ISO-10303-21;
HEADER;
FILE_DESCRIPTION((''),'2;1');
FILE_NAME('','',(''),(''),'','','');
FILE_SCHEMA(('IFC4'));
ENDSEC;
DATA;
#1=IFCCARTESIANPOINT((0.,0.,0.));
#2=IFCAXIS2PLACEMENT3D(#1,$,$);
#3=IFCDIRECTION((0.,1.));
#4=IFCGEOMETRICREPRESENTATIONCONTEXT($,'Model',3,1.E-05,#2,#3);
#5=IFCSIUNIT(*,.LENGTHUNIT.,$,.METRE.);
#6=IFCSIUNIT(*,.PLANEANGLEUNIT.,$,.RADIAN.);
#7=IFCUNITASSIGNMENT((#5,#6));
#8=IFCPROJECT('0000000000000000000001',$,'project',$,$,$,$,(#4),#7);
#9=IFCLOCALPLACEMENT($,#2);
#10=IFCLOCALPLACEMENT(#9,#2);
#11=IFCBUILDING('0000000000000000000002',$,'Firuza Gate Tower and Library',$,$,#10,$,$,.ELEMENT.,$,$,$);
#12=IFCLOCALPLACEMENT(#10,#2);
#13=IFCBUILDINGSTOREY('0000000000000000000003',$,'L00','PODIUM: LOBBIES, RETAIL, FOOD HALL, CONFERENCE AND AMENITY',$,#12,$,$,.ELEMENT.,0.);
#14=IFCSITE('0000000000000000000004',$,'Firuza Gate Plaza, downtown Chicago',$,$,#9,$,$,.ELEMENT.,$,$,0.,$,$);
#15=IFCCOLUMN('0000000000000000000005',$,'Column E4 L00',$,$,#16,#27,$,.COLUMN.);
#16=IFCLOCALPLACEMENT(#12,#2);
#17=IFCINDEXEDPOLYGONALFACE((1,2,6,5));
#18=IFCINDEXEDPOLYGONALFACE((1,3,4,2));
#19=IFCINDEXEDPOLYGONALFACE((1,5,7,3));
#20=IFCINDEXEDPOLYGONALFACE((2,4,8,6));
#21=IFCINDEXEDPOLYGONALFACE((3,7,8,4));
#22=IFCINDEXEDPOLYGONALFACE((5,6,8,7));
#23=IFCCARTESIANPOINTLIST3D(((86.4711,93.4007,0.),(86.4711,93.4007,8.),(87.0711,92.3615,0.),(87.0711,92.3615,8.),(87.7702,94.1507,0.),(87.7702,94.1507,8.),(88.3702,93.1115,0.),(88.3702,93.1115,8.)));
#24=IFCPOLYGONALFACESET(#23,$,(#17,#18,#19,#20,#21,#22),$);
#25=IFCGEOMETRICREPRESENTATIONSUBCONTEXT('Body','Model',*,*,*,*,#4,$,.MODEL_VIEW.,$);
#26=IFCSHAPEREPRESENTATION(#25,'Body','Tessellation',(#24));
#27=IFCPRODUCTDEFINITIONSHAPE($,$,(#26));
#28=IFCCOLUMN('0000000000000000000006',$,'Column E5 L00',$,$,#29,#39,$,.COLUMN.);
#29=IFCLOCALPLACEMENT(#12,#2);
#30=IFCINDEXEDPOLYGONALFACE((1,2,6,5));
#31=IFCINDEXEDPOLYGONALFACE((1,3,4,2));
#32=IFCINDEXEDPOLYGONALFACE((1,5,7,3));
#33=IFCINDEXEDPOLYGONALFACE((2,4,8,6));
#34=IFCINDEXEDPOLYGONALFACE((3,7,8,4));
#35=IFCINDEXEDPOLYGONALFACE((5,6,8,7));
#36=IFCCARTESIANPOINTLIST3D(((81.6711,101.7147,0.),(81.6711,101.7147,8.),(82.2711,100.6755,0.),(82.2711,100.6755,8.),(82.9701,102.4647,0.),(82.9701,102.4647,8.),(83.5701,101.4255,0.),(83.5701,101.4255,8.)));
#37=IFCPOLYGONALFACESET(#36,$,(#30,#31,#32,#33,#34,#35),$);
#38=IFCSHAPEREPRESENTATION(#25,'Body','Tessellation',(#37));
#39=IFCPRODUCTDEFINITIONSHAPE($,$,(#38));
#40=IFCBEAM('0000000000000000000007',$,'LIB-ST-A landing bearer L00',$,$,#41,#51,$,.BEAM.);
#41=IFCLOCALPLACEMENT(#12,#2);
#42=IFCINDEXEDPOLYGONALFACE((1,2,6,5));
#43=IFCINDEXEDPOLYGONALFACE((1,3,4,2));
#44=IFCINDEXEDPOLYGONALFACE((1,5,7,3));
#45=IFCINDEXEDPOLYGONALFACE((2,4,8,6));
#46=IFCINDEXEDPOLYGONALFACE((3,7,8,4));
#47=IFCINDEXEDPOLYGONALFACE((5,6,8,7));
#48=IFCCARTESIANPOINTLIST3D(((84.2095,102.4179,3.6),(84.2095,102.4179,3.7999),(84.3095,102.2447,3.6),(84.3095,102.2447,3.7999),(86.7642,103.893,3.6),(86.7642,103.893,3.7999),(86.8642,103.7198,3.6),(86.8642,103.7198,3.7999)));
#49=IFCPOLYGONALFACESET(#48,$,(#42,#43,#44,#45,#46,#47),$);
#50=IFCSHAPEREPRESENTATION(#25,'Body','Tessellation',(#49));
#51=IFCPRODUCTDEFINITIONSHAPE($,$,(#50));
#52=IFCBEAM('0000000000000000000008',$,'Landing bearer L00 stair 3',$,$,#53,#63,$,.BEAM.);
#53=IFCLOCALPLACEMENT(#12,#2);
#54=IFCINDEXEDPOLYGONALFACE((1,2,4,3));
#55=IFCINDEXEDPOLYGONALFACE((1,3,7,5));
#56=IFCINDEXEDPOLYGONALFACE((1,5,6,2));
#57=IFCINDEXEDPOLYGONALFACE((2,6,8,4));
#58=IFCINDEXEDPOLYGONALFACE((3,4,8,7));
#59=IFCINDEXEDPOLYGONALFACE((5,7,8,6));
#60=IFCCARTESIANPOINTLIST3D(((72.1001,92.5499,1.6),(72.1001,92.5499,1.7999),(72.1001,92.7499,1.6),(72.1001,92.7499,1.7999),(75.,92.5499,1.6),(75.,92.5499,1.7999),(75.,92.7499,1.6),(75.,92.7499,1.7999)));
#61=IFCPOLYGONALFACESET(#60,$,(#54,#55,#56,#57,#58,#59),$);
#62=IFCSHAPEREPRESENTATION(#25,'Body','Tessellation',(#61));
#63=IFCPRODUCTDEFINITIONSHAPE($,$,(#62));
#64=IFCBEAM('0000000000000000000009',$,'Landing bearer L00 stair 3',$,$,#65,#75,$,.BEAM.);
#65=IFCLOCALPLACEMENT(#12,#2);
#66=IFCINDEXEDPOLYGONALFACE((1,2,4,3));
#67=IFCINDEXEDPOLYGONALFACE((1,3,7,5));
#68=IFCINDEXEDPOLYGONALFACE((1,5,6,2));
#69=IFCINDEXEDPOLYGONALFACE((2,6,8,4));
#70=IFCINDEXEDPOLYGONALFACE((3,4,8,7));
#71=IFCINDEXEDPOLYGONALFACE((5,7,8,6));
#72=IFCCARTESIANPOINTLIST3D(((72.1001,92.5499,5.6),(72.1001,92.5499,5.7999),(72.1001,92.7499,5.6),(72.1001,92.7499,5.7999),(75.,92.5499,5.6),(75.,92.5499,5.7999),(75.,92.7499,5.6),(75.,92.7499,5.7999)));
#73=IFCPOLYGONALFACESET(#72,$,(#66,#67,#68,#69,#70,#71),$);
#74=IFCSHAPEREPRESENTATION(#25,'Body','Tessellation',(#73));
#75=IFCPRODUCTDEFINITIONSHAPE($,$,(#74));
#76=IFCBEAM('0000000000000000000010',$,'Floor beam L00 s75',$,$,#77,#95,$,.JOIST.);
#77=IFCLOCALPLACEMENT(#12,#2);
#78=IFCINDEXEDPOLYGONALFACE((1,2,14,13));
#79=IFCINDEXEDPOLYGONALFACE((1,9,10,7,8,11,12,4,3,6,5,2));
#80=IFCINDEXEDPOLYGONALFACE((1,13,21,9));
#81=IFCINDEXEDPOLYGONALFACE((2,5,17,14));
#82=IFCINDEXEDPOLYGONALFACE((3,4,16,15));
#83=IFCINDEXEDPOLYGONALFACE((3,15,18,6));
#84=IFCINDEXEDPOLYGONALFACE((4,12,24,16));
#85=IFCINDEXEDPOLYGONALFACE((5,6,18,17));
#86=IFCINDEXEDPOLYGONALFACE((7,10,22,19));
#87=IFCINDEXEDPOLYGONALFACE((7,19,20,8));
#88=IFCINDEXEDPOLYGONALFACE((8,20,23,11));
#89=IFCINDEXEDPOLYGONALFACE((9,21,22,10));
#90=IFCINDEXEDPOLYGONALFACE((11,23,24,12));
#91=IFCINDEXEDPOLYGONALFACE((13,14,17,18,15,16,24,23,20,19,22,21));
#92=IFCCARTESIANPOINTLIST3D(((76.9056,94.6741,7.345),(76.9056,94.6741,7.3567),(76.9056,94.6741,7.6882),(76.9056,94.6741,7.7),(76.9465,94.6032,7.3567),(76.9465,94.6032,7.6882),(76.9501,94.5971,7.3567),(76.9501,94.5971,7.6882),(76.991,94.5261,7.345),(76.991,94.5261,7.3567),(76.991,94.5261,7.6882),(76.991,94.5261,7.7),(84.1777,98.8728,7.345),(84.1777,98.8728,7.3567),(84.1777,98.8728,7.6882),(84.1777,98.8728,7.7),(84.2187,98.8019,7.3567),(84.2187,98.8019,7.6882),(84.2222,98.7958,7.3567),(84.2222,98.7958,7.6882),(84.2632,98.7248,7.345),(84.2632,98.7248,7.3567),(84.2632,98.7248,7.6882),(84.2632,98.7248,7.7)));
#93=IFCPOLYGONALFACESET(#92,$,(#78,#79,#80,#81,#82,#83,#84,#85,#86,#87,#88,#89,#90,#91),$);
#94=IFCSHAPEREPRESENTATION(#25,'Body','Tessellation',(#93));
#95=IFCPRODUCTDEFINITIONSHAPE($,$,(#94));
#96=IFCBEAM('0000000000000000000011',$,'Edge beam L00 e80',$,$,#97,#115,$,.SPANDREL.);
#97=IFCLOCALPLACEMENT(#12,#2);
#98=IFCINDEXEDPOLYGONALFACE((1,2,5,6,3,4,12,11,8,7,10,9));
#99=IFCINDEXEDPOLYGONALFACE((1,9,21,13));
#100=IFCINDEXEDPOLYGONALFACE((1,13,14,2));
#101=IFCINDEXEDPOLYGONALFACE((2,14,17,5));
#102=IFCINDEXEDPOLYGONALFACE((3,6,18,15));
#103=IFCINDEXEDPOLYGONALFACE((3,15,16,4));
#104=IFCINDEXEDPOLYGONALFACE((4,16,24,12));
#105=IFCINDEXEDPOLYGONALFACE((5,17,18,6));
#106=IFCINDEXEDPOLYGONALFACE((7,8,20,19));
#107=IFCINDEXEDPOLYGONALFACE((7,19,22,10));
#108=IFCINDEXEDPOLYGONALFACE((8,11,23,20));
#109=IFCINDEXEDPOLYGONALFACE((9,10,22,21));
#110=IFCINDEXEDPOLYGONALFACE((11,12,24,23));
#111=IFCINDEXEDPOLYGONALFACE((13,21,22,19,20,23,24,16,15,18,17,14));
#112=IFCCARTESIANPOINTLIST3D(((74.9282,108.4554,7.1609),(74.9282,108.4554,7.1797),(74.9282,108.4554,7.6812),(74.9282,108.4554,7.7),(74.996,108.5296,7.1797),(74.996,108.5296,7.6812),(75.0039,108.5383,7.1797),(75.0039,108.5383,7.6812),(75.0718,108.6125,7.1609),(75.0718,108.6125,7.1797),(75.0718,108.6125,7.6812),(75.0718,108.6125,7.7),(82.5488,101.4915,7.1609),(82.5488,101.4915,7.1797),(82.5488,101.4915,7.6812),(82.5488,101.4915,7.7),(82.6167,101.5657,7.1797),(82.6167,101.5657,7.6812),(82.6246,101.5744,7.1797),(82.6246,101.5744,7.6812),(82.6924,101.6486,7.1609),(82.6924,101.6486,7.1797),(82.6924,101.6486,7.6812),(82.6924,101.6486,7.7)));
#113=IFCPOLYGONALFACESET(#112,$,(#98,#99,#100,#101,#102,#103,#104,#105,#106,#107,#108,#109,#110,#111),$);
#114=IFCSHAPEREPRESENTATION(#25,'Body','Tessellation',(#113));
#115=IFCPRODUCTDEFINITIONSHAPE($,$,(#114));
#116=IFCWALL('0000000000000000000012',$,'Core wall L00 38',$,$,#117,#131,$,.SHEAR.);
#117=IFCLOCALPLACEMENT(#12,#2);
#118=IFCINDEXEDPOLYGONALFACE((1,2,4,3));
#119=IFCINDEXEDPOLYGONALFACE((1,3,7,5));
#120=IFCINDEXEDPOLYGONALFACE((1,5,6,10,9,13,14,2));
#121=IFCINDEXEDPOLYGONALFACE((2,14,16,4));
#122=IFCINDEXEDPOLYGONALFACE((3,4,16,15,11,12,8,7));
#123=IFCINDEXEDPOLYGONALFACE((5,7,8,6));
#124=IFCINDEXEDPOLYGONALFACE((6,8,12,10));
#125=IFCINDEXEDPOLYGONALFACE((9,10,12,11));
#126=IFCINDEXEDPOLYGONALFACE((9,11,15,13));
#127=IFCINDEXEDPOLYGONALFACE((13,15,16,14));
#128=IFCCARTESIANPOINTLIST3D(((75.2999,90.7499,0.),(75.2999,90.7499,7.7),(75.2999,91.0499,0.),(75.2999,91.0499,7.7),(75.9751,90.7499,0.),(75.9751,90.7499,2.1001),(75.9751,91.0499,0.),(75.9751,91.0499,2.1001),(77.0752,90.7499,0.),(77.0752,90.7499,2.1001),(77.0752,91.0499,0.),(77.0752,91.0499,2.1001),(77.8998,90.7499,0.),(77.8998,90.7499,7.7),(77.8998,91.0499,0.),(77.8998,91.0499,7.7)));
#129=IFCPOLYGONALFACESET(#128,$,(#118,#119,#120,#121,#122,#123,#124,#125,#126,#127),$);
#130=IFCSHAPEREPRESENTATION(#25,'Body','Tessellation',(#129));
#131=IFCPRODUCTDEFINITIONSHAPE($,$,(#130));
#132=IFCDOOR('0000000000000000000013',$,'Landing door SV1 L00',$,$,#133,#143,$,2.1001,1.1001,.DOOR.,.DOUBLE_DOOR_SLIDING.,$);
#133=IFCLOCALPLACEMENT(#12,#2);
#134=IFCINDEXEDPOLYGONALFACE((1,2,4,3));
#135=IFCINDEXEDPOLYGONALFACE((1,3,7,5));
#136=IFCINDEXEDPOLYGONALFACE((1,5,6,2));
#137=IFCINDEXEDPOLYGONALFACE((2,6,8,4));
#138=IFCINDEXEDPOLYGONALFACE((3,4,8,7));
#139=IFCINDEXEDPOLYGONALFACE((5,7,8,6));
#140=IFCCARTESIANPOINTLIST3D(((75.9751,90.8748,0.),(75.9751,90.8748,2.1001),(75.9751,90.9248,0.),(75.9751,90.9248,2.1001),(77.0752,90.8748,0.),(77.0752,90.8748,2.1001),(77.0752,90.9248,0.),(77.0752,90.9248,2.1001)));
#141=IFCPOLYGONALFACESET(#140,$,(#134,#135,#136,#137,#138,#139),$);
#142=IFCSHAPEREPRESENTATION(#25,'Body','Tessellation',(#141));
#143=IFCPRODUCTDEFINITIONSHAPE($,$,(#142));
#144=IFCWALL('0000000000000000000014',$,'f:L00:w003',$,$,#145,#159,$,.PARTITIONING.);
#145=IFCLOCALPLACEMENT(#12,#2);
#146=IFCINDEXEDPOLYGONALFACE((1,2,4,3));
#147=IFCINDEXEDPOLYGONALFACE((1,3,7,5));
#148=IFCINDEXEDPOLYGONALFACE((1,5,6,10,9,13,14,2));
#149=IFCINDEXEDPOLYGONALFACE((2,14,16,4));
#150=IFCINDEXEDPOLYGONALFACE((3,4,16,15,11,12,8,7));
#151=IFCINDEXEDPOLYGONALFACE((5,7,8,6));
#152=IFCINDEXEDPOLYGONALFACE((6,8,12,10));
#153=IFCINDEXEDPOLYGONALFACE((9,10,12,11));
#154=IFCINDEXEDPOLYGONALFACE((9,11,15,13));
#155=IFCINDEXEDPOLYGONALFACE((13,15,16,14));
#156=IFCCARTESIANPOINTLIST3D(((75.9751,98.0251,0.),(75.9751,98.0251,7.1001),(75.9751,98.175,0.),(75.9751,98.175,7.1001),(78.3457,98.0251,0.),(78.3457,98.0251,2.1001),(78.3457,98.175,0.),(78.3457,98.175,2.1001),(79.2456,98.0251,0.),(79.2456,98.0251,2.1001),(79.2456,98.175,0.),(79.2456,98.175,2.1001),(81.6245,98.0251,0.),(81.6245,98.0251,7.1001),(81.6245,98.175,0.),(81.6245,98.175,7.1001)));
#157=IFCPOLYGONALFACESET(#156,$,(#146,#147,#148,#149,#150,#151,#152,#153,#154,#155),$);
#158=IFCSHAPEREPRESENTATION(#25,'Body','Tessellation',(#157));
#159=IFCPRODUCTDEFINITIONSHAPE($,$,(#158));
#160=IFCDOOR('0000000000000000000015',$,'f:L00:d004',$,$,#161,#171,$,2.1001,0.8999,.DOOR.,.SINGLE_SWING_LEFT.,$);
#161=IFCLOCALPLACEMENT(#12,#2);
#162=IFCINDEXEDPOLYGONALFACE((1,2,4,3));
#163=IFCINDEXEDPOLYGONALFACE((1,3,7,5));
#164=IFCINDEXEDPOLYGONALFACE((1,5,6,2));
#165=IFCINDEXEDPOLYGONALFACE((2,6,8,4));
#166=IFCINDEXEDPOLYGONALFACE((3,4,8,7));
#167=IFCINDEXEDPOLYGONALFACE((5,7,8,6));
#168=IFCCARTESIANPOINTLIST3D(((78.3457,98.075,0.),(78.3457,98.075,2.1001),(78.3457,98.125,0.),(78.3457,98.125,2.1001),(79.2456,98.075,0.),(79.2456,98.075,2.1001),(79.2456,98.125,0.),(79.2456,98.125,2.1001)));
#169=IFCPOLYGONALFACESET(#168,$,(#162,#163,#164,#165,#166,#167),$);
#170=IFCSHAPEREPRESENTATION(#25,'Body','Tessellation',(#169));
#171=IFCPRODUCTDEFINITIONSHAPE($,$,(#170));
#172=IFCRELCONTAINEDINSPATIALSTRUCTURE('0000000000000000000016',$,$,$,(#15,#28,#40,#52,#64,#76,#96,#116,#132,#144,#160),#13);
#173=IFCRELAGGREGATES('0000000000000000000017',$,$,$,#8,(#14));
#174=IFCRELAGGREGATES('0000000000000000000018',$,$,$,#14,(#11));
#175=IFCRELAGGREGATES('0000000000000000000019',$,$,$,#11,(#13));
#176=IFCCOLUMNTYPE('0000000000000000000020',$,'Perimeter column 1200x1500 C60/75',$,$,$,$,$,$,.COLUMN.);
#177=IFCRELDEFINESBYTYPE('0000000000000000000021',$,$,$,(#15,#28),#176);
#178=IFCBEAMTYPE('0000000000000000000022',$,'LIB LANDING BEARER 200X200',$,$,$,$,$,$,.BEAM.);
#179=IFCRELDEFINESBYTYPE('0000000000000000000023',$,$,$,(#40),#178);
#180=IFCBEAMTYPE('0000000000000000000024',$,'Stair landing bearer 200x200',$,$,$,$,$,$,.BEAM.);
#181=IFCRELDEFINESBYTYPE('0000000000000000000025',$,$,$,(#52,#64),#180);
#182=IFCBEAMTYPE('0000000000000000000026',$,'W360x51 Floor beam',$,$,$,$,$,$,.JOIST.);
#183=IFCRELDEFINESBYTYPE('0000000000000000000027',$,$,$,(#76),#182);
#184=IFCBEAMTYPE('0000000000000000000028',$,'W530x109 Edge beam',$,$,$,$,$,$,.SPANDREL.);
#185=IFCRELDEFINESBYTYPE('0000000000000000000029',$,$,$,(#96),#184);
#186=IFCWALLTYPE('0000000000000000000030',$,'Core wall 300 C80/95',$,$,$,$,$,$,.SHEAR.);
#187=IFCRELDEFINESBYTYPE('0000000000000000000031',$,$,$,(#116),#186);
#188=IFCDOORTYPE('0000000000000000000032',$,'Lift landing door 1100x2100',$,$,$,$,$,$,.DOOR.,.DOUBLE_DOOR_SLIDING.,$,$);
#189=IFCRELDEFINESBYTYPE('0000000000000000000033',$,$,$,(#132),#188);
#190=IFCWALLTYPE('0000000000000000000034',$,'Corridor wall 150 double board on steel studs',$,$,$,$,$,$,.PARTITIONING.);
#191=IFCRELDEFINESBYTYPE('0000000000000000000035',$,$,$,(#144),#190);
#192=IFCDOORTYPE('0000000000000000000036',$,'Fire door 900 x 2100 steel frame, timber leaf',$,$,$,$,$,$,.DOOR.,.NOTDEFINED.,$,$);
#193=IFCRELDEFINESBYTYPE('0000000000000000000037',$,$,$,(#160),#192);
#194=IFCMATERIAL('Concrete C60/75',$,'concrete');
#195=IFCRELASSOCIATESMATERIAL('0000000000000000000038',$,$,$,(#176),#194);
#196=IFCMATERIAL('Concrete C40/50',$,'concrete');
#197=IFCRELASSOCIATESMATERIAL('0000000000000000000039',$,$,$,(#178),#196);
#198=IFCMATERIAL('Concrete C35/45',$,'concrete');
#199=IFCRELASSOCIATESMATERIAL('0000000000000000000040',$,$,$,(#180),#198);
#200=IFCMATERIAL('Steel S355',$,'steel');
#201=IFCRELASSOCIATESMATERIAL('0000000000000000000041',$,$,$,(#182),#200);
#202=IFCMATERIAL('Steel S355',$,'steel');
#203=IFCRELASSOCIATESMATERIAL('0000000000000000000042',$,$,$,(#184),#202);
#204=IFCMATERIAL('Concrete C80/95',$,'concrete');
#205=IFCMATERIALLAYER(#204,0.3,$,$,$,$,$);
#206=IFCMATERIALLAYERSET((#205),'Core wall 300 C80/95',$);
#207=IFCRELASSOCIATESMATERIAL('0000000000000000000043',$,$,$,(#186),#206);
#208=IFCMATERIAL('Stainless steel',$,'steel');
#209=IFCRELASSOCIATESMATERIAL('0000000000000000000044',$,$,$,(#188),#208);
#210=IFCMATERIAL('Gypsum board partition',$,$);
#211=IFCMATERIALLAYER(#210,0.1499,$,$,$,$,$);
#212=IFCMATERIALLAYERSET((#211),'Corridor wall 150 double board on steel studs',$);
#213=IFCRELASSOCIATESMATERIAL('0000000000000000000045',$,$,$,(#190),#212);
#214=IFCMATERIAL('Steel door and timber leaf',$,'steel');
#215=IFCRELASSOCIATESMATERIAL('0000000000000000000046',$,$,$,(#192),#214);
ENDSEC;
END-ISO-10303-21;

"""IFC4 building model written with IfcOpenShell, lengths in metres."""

from ifc_helpers import new_model, si_unit, direction, frame, frame_2d, origin, origin_2d, place, context, subcontext, project, spatial, rectangle, i_section, extrude, material, layer, layer_set, material_profile, profile_set, type_object, element, fill, save


model = new_model("IFC4")

# Units and contexts
model_context = context("Model", 3, precision=1e-05, world=origin(), true_north=direction((0.0, 1.0)))
body_context = subcontext(model_context, "Body", "Model", "MODEL_VIEW")
ifc_project = project(units=[si_unit("LENGTHUNIT", "METRE"), si_unit("PLANEANGLEUNIT", "RADIAN")], contexts=[model_context])

# Site, building, storey
site_placement = place(None, origin())
site = spatial("IfcSite", under=ifc_project, at=site_placement, Name="Firuza Gate Plaza, downtown Chicago", CompositionType="ELEMENT", RefElevation=0.0)
building_placement = place(site_placement, origin())
building = spatial("IfcBuilding", under=site, at=building_placement, Name="Firuza Gate Tower and Library", CompositionType="ELEMENT")
storey_placement = place(building_placement, origin())
storey = spatial("IfcBuildingStorey", under=building, at=storey_placement, Name="L00", Description="PODIUM: LOBBIES, RETAIL, FOOD HALL, CONFERENCE AND AMENITY", CompositionType="ELEMENT", Elevation=0.0)

# Columns
ifc_material_1 = material(Name="Concrete C60/75", Category="concrete")
ifc_material_profile_1 = material_profile(ifc_material_1, rectangle(XDim=1.2, YDim=1.5, at=origin_2d()))
ifc_profile_set_1 = profile_set([ifc_material_profile_1], Name="Concrete C60/75")
column_type = type_object("IfcColumnType", Name="Perimeter column 1200x1500 C60/75", PredefinedType="COLUMN", material=ifc_profile_set_1)
for number, where, z_axis, x_axis, name in (
    (1, (87.4207, 93.2561, 0.0), (0.0, 0.0, 1.0), (-0.5, 0.866025, 0.0), "Column E4 L00"),
    (2, (82.6206, 101.5701, 0.0), (0.0, 0.0, 1.0), (-0.5, 0.866025, 0.0), "Column E5 L00"),
):
    element("IfcColumn", number, at=place(storey_placement, frame(where, z_axis=z_axis, x_axis=x_axis)), inside=storey, type_object=column_type, Name=name, PredefinedType="COLUMN", context=body_context, shape_type="SweptSolid", body=[
        extrude(rectangle(XDim=1.2, YDim=1.5, at=origin_2d()), origin(), (0.0, 0.0, 1.0), 8.0),
    ])

# Beams
ifc_material_2 = material(Name="Concrete C40/50", Category="concrete")
ifc_material_profile_2 = material_profile(ifc_material_2, rectangle(XDim=0.2, YDim=0.2, at=origin_2d()))
ifc_profile_set_2 = profile_set([ifc_material_profile_2], Name="Concrete C40/50")
beam_type_1 = type_object("IfcBeamType", Name="LIB LANDING BEARER 200X200", PredefinedType="BEAM", material=ifc_profile_set_2)
beam_1_placement = place(storey_placement, frame((84.2595, 102.3313, 3.7), z_axis=(0.866004, 0.500038, 0.0), x_axis=(-0.500038, 0.866004, 0.0)))
element("IfcBeam", 3, at=beam_1_placement, inside=storey, type_object=beam_type_1, Name="LIB-ST-A landing bearer L00", PredefinedType="BEAM", context=body_context, shape_type="SweptSolid", body=[
    extrude(rectangle(XDim=0.2, YDim=0.2, at=origin_2d()), origin(), (0.0, 0.0, 1.0), 2.95),
])
ifc_material_3 = material(Name="Concrete C35/45", Category="concrete")
ifc_material_profile_3 = material_profile(ifc_material_3, rectangle(XDim=0.2, YDim=0.2, at=origin_2d()))
ifc_profile_set_3 = profile_set([ifc_material_profile_3], Name="Concrete C35/45")
beam_type_2 = type_object("IfcBeamType", Name="Stair landing bearer 200x200", PredefinedType="BEAM", material=ifc_profile_set_3)
for number, where, z_axis, x_axis, name in (
    (4, (75.0, 92.6499, 1.7), (-1.0, 0.0, 0.0), (0.0, -1.0, 0.0), "Landing bearer L00 stair 3"),
    (5, (75.0, 92.6499, 5.7), (-1.0, 0.0, 0.0), (0.0, -1.0, 0.0), "Landing bearer L00 stair 3"),
):
    element("IfcBeam", number, at=place(storey_placement, frame(where, z_axis=z_axis, x_axis=x_axis)), inside=storey, type_object=beam_type_2, Name=name, PredefinedType="BEAM", context=body_context, shape_type="SweptSolid", body=[
        extrude(rectangle(XDim=0.2, YDim=0.2, at=origin_2d()), origin(), (0.0, 0.0, 1.0), 2.8999),
    ])
ifc_material_4 = material(Name="Steel S355", Category="steel")
ifc_material_profile_4 = material_profile(ifc_material_4, i_section(OverallWidth=0.1709, OverallDepth=0.355, WebThickness=0.0071, FlangeThickness=0.0117, at=origin_2d()))
ifc_profile_set_4 = profile_set([ifc_material_profile_4], Name="Steel S355")
beam_type_3 = type_object("IfcBeamType", Name="W360x51 Floor beam", PredefinedType="JOIST", material=ifc_profile_set_4)
beam_2_placement = place(storey_placement, frame((84.2205, 98.7988, 7.5225), z_axis=(-0.86602, -0.50001, 0.0), x_axis=(0.50001, -0.86602, 0.0)))
element("IfcBeam", 6, at=beam_2_placement, inside=storey, type_object=beam_type_3, Name="Floor beam L00 s75", PredefinedType="JOIST", context=body_context, shape_type="SweptSolid", body=[
    extrude(i_section(OverallWidth=0.1709, OverallDepth=0.355, WebThickness=0.0071, FlangeThickness=0.0117, at=origin_2d()), origin(), (0.0, 0.0, 1.0), 8.3972),
])
ifc_material_5 = material(Name="Steel S355", Category="steel")
ifc_material_profile_5 = material_profile(ifc_material_5, i_section(OverallWidth=0.2129, OverallDepth=0.5391, WebThickness=0.0117, FlangeThickness=0.0188, at=origin_2d()))
ifc_profile_set_5 = profile_set([ifc_material_profile_5], Name="Steel S355")
beam_type_4 = type_object("IfcBeamType", Name="W530x109 Edge beam", PredefinedType="SPANDREL", material=ifc_profile_set_5)
beam_3_placement = place(storey_placement, frame((82.6206, 101.5701, 7.4304), z_axis=(-0.7382, 0.674582, 0.0), x_axis=(-0.674582, -0.7382, 0.0)))
element("IfcBeam", 7, at=beam_3_placement, inside=storey, type_object=beam_type_4, Name="Edge beam L00 e80", PredefinedType="SPANDREL", context=body_context, shape_type="SweptSolid", body=[
    extrude(i_section(OverallWidth=0.2129, OverallDepth=0.5391, WebThickness=0.0117, FlangeThickness=0.0188, at=origin_2d()), origin(), (0.0, 0.0, 1.0), 10.3232),
])

# Walls, openings, doors
ifc_material_6 = material(Name="Concrete C80/95", Category="concrete")
ifc_layer_1 = layer(ifc_material_6, 0.3)
ifc_layer_set_1 = layer_set([ifc_layer_1], Name="Core wall 300 C80/95")
wall_type_1 = type_object("IfcWallType", Name="Core wall 300 C80/95", PredefinedType="SHEAR", material=ifc_layer_set_1)
wall_1_placement = place(storey_placement, frame((75.3, 90.8999, 0.0), z_axis=(0.0, 0.0, 1.0), x_axis=(1.0, 0.0, 0.0)))
wall_1 = element("IfcWall", 8, at=wall_1_placement, inside=storey, type_object=wall_type_1, Name="Core wall L00 38", PredefinedType="SHEAR", context=body_context, shape_type="SweptSolid", body=[
    extrude(rectangle(XDim=2.5999, YDim=0.3, at=frame_2d((1.2998, 0.0))), origin(), (0.0, 0.0, 1.0), 7.7),
])
opening_1_placement = place(wall_1_placement, frame((0.675, 0.0, 0.0)))
opening_1 = element("IfcOpeningElement", 9, at=opening_1_placement, cuts=wall_1, PredefinedType="OPENING", context=body_context, shape_type="SweptSolid", body=[
    extrude(rectangle(XDim=1.1001, YDim=2.1001, at=frame_2d((0.55, 1.05))), frame((0.0, 0.1602, 0.0), z_axis=(0.0, -1.0, 0.0), x_axis=(1.0, 0.0, 0.0)), (0.0, 0.0, 1.0), 0.3201),
])
ifc_material_7 = material(Name="Stainless steel", Category="steel")
door_type_1 = type_object("IfcDoorType", Name="Lift landing door 1100x2100", OperationType="DOUBLE_DOOR_SLIDING", PredefinedType="DOOR", material=ifc_material_7)
door_1_placement = place(opening_1_placement, origin())
door_1 = element("IfcDoor", 10, at=door_1_placement, inside=storey, type_object=door_type_1, Name="Landing door SV1 L00", OperationType="DOUBLE_DOOR_SLIDING", OverallHeight=2.1001, OverallWidth=1.1001, PredefinedType="DOOR", context=body_context, shape_type="SweptSolid", body=[
    extrude(rectangle(XDim=1.1001, YDim=2.1001, at=frame_2d((0.55, 1.05))), frame((0.0, 0.0249, 0.0), z_axis=(0.0, -1.0, 0.0), x_axis=(1.0, 0.0, 0.0)), (0.0, 0.0, 1.0), 0.05),
])
fill(opening_1, door_1)
ifc_material_8 = material(Name="Gypsum board partition")
ifc_layer_2 = layer(ifc_material_8, 0.1499)
ifc_layer_set_2 = layer_set([ifc_layer_2], Name="Corridor wall 150 double board on steel studs")
wall_type_2 = type_object("IfcWallType", Name="Corridor wall 150 double board on steel studs", PredefinedType="PARTITIONING", material=ifc_layer_set_2)
wall_2_placement = place(storey_placement, frame((75.9751, 98.1001, 0.0), z_axis=(0.0, 0.0, 1.0), x_axis=(1.0, 0.0, 0.0)))
wall_2 = element("IfcWall", 11, at=wall_2_placement, inside=storey, type_object=wall_type_2, Name="f:L00:w003", PredefinedType="PARTITIONING", context=body_context, shape_type="SweptSolid", body=[
    extrude(rectangle(XDim=5.6494, YDim=0.1499, at=frame_2d((2.8247, 0.0))), origin(), (0.0, 0.0, 1.0), 7.1001),
])
opening_2_placement = place(wall_2_placement, frame((2.3706, 0.0, 0.0)))
opening_2 = element("IfcOpeningElement", 12, at=opening_2_placement, cuts=wall_2, PredefinedType="OPENING", context=body_context, shape_type="SweptSolid", body=[
    extrude(rectangle(XDim=0.8999, YDim=2.1001, at=frame_2d((0.45, 1.05))), frame((0.0, 0.085, 0.0), z_axis=(0.0, -1.0, 0.0), x_axis=(1.0, 0.0, 0.0)), (0.0, 0.0, 1.0), 0.1699),
])
ifc_material_9 = material(Name="Steel door and timber leaf", Category="steel")
door_type_2 = type_object("IfcDoorType", Name="Fire door 900 x 2100 steel frame, timber leaf", OperationType="NOTDEFINED", PredefinedType="DOOR", material=ifc_material_9)
door_2_placement = place(opening_2_placement, origin())
door_2 = element("IfcDoor", 13, at=door_2_placement, inside=storey, type_object=door_type_2, Name="f:L00:d004", OperationType="SINGLE_SWING_LEFT", OverallHeight=2.1001, OverallWidth=0.8999, PredefinedType="DOOR", context=body_context, shape_type="SweptSolid", body=[
    extrude(rectangle(XDim=0.8999, YDim=2.1001, at=frame_2d((0.45, 1.05))), frame((0.0, 0.0249, 0.0), z_axis=(0.0, -1.0, 0.0), x_axis=(1.0, 0.0, 0.0)), (0.0, 0.0, 1.0), 0.05),
])
fill(opening_2, door_2)

save(model, "model.ifc")
